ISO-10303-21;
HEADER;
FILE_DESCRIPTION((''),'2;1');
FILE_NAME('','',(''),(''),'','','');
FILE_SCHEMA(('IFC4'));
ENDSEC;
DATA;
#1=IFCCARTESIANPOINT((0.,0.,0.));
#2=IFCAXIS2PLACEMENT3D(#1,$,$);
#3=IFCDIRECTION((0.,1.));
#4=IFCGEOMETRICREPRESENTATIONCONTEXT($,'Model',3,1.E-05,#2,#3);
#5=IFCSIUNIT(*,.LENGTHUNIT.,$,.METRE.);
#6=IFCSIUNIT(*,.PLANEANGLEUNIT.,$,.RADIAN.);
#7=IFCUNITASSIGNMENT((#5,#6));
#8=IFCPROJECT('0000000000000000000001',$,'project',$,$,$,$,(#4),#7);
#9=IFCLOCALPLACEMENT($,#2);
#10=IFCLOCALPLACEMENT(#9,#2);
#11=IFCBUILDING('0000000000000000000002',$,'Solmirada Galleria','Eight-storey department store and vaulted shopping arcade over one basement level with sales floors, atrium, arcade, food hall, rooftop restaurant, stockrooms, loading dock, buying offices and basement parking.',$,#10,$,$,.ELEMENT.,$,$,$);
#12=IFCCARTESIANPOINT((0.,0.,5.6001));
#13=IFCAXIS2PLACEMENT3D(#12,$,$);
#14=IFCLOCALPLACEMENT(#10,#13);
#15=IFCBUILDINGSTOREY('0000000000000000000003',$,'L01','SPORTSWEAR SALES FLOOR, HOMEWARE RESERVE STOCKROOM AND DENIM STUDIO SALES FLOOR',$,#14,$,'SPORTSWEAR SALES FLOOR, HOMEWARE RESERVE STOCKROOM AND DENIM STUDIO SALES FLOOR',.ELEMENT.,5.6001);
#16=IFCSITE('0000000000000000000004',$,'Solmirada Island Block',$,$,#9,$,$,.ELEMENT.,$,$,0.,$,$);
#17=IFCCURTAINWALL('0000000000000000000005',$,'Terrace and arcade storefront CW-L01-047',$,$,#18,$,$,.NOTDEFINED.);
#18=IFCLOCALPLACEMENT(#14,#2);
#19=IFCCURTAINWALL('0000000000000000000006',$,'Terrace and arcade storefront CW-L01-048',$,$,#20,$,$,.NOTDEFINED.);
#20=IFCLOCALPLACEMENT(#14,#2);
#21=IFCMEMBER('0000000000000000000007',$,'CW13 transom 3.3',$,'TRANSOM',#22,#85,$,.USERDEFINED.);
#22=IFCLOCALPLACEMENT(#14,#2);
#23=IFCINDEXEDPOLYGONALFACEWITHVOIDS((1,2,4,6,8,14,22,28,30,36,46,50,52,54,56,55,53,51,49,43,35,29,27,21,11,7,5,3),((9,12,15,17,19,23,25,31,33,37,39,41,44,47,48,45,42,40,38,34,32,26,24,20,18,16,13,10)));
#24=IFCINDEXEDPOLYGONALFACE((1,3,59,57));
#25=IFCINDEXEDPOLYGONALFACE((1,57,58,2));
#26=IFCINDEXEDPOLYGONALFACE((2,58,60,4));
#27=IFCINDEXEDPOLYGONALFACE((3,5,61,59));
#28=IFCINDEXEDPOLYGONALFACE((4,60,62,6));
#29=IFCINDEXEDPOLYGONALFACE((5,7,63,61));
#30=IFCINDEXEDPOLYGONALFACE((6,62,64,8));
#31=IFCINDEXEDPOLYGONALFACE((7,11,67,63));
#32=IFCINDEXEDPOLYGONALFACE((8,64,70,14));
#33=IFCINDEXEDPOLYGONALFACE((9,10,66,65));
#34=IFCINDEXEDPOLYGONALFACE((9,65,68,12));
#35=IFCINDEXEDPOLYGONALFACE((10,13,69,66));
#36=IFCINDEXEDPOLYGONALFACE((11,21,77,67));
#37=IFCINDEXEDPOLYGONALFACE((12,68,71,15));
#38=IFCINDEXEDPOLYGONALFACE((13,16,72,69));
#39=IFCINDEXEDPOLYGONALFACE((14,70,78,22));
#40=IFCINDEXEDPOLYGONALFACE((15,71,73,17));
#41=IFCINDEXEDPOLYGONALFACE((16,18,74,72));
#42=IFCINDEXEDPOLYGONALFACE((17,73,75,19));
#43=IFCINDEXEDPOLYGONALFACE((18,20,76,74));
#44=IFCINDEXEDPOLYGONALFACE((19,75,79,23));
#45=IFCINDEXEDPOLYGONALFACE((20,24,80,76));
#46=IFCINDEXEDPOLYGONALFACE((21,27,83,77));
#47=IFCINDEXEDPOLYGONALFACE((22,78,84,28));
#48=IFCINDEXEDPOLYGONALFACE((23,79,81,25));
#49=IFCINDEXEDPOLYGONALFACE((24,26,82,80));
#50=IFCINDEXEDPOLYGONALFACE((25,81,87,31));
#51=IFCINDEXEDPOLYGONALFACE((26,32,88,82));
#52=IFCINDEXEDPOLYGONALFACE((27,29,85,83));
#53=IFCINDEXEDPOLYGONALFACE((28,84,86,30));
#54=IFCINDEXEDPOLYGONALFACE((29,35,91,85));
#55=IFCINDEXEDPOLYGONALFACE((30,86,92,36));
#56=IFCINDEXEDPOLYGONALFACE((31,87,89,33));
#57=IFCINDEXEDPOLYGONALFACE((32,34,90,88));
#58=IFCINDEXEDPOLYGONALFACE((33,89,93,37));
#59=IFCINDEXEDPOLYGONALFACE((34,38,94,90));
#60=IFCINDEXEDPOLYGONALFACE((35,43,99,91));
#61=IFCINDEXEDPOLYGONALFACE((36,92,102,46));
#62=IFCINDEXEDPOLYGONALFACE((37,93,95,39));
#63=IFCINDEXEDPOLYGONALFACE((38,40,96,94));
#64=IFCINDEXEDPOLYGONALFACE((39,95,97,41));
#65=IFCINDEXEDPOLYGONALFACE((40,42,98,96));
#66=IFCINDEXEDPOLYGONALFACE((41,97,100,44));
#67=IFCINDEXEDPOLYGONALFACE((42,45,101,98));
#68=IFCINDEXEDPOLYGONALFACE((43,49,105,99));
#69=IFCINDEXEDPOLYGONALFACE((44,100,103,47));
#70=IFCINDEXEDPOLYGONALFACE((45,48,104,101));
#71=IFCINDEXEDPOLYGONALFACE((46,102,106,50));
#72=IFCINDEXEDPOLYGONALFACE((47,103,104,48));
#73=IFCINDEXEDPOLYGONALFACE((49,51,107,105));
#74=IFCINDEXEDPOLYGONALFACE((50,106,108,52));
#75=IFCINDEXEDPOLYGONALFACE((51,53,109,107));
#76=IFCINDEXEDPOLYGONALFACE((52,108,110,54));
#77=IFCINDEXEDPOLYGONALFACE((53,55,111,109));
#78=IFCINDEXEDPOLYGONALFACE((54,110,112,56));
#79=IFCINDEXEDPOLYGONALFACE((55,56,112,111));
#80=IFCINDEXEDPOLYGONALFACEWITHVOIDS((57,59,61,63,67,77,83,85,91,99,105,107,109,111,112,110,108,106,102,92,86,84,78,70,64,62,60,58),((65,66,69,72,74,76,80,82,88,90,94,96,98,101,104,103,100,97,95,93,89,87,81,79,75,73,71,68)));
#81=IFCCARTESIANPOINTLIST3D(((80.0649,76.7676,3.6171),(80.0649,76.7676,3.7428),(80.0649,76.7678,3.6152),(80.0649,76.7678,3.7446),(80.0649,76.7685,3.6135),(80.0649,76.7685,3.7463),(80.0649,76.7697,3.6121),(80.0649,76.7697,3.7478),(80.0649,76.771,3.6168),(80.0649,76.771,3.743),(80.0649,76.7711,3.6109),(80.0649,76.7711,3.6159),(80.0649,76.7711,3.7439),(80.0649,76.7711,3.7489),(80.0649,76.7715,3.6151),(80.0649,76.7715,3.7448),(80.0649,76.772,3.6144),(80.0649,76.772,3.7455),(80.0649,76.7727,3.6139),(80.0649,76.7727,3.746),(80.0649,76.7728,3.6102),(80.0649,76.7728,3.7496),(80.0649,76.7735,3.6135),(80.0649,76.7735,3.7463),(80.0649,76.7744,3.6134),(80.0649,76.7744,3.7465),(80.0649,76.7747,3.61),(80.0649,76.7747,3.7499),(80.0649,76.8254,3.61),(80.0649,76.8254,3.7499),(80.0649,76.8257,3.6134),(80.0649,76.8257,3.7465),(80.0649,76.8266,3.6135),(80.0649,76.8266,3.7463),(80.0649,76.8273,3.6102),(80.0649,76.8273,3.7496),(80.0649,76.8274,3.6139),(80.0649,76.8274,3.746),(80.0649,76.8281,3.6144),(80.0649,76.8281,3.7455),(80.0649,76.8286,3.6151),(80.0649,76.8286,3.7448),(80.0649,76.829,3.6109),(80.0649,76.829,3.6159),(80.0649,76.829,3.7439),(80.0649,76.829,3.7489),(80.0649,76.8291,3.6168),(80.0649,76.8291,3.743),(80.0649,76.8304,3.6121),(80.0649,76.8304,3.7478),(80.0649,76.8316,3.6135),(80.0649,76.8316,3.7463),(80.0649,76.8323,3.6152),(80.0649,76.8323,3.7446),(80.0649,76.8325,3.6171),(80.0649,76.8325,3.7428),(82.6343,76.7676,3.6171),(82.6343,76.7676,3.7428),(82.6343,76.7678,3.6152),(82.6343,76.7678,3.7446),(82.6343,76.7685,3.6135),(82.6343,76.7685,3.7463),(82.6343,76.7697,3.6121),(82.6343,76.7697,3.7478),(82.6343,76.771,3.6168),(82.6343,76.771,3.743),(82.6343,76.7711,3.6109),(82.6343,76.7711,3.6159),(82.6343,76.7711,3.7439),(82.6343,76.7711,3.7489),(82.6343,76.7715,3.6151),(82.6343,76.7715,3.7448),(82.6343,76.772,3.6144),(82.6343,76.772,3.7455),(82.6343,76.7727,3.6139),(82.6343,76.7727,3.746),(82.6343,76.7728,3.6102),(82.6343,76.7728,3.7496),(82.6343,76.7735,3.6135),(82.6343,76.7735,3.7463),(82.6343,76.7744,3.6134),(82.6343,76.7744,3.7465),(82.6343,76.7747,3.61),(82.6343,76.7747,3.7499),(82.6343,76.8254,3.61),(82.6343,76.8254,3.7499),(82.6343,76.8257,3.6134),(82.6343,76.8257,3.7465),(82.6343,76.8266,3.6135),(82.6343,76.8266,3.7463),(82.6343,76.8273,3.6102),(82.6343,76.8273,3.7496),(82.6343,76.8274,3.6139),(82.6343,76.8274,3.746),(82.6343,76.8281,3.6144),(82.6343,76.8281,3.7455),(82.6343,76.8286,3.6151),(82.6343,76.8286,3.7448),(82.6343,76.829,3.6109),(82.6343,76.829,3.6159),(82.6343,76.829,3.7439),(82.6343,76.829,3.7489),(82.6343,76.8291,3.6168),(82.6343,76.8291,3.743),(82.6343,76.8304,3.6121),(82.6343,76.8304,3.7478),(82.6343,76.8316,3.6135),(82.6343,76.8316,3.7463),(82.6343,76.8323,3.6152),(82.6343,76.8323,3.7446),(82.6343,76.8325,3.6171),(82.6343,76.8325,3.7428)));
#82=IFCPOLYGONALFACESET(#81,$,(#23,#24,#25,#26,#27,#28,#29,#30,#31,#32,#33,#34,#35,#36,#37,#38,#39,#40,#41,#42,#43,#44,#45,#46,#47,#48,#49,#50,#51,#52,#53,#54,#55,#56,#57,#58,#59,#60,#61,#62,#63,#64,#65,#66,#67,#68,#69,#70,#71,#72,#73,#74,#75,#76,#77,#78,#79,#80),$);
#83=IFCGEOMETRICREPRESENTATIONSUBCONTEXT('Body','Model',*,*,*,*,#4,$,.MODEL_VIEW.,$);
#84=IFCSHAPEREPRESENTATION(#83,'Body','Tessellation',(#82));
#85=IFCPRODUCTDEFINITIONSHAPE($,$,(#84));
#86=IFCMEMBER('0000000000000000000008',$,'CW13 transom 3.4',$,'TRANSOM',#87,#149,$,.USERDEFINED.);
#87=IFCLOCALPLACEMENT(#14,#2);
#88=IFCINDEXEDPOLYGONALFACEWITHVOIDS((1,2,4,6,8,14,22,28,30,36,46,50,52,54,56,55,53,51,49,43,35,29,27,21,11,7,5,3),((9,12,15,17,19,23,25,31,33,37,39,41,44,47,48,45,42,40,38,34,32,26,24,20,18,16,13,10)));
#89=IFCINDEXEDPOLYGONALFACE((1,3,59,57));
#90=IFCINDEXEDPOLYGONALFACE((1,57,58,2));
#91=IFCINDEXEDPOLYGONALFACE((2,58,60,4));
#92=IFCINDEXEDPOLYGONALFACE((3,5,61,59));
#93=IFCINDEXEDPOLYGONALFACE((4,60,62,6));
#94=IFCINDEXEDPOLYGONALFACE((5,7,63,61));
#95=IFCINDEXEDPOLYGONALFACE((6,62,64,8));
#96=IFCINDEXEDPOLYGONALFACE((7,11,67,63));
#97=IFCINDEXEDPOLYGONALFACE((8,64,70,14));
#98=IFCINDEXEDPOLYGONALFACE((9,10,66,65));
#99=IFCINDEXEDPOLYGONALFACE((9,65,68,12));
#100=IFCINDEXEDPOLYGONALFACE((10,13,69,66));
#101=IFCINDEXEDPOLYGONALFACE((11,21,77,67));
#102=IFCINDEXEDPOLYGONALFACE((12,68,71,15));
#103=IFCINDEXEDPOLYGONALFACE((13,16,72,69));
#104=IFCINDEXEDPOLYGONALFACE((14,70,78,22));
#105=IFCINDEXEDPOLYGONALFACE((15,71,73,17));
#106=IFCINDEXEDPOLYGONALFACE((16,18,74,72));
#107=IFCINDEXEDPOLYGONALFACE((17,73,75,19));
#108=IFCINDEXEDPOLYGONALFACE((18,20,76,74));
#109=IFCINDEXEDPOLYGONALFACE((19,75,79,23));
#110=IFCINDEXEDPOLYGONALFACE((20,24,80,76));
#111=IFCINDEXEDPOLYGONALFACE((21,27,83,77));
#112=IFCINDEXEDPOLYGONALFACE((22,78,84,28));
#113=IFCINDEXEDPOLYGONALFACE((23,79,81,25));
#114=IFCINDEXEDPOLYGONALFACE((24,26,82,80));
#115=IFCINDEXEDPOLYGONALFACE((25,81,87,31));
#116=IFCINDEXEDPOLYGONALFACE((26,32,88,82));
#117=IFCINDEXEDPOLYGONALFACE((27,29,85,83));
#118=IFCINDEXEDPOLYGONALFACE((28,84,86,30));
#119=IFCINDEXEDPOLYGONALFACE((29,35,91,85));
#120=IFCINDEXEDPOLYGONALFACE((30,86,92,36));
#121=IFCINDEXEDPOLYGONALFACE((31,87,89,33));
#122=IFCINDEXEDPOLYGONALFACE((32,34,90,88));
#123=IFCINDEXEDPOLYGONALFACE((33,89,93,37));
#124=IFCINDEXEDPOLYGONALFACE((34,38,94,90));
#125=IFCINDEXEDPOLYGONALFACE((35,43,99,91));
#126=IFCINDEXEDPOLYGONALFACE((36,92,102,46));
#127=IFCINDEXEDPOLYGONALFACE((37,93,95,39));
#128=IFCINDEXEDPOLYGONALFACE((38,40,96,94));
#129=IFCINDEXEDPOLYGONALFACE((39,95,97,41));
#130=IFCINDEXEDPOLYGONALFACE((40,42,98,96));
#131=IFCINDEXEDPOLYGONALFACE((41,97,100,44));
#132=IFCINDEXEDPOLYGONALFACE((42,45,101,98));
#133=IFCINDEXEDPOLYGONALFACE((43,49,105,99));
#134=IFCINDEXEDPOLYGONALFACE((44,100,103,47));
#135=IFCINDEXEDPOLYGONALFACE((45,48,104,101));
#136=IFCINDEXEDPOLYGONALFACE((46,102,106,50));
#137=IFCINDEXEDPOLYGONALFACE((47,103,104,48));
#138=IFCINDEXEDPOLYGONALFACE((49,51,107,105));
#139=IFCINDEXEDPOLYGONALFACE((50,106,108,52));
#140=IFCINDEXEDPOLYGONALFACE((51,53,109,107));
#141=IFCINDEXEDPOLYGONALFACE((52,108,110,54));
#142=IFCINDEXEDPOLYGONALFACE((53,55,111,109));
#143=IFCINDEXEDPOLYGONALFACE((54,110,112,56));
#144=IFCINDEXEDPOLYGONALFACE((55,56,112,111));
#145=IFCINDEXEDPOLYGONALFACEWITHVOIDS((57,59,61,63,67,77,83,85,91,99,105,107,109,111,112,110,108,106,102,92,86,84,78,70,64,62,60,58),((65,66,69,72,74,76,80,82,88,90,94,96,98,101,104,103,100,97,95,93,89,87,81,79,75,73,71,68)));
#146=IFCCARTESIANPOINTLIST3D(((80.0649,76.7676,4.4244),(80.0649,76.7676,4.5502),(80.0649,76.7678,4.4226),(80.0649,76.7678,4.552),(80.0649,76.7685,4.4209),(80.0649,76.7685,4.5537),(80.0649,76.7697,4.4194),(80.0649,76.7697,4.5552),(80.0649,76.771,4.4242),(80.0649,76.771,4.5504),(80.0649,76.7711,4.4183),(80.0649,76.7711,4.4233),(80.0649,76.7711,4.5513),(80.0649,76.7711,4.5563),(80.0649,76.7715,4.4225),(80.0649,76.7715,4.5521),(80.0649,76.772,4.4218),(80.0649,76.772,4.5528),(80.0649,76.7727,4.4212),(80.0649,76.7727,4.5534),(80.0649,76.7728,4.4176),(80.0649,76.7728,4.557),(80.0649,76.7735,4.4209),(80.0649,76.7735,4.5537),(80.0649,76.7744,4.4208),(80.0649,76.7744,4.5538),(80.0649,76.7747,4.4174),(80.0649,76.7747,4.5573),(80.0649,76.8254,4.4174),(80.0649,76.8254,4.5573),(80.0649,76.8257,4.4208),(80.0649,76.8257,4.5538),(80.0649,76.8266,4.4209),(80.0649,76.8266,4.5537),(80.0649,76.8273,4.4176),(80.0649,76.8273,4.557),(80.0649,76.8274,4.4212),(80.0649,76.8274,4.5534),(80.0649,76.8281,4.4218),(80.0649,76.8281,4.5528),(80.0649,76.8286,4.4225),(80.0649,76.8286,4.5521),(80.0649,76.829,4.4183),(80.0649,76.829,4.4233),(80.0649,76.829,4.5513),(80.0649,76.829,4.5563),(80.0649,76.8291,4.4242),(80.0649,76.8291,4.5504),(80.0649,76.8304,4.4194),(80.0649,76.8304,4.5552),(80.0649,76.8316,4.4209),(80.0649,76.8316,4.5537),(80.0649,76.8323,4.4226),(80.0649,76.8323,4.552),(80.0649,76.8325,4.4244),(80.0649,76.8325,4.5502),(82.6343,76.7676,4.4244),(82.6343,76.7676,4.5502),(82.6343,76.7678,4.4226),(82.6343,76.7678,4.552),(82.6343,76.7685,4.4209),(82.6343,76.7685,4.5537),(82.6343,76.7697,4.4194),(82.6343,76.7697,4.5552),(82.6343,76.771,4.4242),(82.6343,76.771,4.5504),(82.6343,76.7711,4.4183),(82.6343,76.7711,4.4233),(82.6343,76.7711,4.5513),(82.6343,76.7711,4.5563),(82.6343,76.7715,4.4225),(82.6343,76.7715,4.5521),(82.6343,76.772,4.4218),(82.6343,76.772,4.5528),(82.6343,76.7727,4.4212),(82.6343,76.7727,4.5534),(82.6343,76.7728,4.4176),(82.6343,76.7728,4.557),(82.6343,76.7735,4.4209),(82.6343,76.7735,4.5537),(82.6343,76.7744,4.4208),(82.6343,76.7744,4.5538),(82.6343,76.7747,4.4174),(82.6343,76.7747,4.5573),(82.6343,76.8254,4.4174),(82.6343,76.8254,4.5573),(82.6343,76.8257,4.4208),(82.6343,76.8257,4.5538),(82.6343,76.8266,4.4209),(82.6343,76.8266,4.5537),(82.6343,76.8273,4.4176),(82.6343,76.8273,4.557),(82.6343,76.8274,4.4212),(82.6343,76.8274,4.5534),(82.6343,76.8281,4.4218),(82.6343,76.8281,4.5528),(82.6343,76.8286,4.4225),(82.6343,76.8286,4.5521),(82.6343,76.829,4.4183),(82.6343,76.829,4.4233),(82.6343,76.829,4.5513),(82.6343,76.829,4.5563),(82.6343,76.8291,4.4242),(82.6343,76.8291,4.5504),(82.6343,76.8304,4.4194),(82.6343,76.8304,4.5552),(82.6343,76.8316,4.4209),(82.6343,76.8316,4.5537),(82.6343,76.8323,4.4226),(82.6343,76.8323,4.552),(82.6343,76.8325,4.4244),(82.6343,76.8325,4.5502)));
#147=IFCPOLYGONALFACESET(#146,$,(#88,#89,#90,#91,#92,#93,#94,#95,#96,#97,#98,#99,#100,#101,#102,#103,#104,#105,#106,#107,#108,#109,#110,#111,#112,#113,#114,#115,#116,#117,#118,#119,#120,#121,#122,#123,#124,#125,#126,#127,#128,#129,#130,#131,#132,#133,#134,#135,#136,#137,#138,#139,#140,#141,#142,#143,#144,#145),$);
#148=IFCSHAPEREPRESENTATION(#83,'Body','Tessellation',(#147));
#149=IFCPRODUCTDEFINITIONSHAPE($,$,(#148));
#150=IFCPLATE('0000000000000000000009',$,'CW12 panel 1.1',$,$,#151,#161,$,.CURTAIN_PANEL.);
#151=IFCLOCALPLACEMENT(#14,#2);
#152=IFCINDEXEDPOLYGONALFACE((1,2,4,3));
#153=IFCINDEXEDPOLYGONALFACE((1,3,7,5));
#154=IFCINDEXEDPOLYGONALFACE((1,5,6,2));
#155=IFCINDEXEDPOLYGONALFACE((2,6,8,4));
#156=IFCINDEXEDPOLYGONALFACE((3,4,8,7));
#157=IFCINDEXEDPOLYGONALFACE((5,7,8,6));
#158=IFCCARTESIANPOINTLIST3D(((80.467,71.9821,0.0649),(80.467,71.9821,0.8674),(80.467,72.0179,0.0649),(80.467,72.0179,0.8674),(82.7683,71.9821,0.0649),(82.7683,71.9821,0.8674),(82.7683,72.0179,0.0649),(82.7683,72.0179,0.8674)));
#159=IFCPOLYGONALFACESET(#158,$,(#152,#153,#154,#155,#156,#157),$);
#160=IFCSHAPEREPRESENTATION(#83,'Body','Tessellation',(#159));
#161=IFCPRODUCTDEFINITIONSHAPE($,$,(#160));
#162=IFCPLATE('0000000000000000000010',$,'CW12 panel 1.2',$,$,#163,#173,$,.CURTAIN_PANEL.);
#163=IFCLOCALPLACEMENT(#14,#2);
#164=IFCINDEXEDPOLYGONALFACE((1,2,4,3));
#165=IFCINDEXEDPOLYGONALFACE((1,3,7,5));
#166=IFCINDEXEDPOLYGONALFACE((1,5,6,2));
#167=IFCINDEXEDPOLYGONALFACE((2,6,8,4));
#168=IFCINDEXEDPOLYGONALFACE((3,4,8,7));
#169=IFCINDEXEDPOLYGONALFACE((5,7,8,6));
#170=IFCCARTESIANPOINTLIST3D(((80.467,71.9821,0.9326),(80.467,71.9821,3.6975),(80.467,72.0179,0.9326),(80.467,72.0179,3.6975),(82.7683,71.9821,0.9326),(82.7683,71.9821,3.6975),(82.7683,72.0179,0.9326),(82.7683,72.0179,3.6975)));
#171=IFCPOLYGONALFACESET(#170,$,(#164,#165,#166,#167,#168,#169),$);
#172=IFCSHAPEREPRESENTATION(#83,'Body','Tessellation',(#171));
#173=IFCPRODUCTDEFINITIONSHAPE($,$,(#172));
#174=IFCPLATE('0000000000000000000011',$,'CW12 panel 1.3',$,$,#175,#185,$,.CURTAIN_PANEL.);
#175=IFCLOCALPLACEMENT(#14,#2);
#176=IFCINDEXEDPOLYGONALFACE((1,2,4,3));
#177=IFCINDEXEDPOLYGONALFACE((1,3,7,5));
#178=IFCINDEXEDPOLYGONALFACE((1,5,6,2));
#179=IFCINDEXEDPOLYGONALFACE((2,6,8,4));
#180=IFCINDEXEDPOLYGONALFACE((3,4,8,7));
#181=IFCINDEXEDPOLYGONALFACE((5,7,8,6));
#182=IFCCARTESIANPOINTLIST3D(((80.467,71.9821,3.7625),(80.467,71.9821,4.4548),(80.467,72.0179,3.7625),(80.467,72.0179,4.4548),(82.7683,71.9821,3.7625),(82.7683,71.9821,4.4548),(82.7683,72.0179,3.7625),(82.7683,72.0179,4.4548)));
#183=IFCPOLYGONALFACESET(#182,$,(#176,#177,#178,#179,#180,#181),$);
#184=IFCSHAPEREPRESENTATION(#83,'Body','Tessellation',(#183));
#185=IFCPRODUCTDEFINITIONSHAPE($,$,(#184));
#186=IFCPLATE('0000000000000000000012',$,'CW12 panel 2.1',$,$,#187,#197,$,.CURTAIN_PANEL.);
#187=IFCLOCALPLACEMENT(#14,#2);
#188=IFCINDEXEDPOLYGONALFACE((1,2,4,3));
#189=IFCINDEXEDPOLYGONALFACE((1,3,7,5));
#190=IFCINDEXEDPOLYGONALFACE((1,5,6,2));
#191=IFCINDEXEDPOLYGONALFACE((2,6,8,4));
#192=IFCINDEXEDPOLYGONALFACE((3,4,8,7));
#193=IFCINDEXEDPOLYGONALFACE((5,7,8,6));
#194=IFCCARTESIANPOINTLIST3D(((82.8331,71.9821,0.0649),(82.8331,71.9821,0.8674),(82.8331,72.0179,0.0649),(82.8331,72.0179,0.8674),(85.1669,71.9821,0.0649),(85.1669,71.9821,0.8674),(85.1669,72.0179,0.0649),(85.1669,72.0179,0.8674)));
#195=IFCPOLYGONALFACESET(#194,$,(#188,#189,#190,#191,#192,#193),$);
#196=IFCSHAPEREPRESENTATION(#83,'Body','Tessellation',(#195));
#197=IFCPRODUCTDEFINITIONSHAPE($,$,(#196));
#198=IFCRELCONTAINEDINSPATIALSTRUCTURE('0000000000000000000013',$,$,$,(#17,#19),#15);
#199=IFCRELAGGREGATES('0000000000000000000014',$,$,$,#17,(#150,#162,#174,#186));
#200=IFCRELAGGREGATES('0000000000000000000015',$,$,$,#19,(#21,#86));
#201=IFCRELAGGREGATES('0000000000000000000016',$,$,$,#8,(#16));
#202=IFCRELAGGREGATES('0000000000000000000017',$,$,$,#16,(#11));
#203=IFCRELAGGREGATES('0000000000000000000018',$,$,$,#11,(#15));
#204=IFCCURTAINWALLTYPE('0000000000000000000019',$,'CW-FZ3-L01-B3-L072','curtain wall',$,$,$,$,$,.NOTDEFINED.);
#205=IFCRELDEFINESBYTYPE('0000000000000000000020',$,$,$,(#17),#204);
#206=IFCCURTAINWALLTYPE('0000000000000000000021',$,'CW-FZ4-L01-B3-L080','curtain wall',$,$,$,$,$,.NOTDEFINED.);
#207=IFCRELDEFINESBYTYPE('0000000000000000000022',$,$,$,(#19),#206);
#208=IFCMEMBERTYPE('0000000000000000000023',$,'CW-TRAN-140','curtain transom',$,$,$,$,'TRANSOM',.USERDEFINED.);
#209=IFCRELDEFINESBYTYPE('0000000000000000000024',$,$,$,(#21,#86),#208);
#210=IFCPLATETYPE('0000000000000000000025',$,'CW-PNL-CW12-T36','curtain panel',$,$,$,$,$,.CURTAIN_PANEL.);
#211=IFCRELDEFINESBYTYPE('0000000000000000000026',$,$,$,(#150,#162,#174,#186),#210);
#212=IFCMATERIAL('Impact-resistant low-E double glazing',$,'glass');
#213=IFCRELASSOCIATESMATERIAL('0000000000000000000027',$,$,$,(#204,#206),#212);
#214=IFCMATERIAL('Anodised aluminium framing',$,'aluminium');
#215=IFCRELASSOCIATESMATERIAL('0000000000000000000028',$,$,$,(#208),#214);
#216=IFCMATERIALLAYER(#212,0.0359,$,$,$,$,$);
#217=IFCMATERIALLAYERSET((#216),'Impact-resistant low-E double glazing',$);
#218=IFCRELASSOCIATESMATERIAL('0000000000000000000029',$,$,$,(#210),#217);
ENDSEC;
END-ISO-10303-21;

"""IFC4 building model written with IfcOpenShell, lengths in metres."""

from ifc_helpers import new_model, si_unit, direction, frame, origin, origin_2d, place, context, subcontext, project, spatial, rectangle, hollow_rectangle, extrude, material, layer, layer_set, material_profile, profile_set, type_object, element, aggregate, save


model = new_model("IFC4")

# Units and contexts
model_context = context("Model", 3, precision=1e-05, world=origin(), true_north=direction((0.0, 1.0)))
body_context = subcontext(model_context, "Body", "Model", "MODEL_VIEW")
ifc_project = project(units=[si_unit("LENGTHUNIT", "METRE"), si_unit("PLANEANGLEUNIT", "RADIAN")], contexts=[model_context])

# Site, building, storey
site_placement = place(None, origin())
site = spatial("IfcSite", under=ifc_project, at=site_placement, Name="Solmirada Island Block", CompositionType="ELEMENT", RefElevation=0.0)
building_placement = place(site_placement, origin())
building = spatial("IfcBuilding", under=site, at=building_placement, Name="Solmirada Galleria", Description="Eight-storey department store and vaulted shopping arcade over one basement level with sales floors, atrium, arcade, food hall, rooftop restaurant, stockrooms, loading dock, buying offices and basement parking.", CompositionType="ELEMENT")
storey_placement = place(building_placement, frame((0.0, 0.0, 5.6001)))
storey = spatial("IfcBuildingStorey", under=building, at=storey_placement, Name="L01", Description="SPORTSWEAR SALES FLOOR, HOMEWARE RESERVE STOCKROOM AND DENIM STUDIO SALES FLOOR", LongName="SPORTSWEAR SALES FLOOR, HOMEWARE RESERVE STOCKROOM AND DENIM STUDIO SALES FLOOR", CompositionType="ELEMENT", Elevation=5.6001)

# Curtain wall
ifc_material_1 = material(Name="Impact-resistant low-E double glazing", Category="glass")
curtain_wall_type_1 = type_object("IfcCurtainWallType", Name="CW-FZ3-L01-B3-L072", Description="curtain wall", PredefinedType="NOTDEFINED", material=ifc_material_1)
curtain_wall_1_placement = place(storey_placement, origin())
curtain_wall_1 = element("IfcCurtainWall", 1, at=curtain_wall_1_placement, inside=storey, type_object=curtain_wall_type_1, Name="Terrace and arcade storefront CW-L01-047", PredefinedType="NOTDEFINED")
ifc_material_2 = material(Name="Anodised aluminium framing", Category="aluminium")

# Curtain wall
curtain_wall_type_2 = type_object("IfcCurtainWallType", Name="CW-FZ4-L01-B3-L080", Description="curtain wall", PredefinedType="NOTDEFINED", material=ifc_material_1)
curtain_wall_2_placement = place(storey_placement, origin())
curtain_wall_2 = element("IfcCurtainWall", 2, at=curtain_wall_2_placement, inside=storey, type_object=curtain_wall_type_2, Name="Terrace and arcade storefront CW-L01-048", PredefinedType="NOTDEFINED")

# Members
ifc_material_profile_1 = material_profile(ifc_material_2, hollow_rectangle(XDim=0.0649, YDim=0.1399, WallThickness=0.0034, InnerFilletRadius=0.0034, OuterFilletRadius=0.0071, at=origin_2d()), Name="ALU-TRAN-140X65")
ifc_profile_set_1 = profile_set([ifc_material_profile_1], Name="Anodised aluminium framing")
member_type_1 = type_object("IfcMemberType", Name="CW-TRAN-140", Description="curtain transom", ElementType="TRANSOM", PredefinedType="USERDEFINED", material=ifc_profile_set_1)
member_1_placement = place(storey_placement, frame((82.6343, 76.8, 3.6799), z_axis=(-1.0, 0.0, 0.0), x_axis=(0.0, -1.0, 0.0)))
member_1 = element("IfcMember", 3, at=member_1_placement, type_object=member_type_1, Name="CW13 transom 3.3", ObjectType="TRANSOM", PredefinedType="USERDEFINED", context=body_context, shape_type="SweptSolid", body=[
    extrude(hollow_rectangle(XDim=0.0649, YDim=0.1399, WallThickness=0.0034, InnerFilletRadius=0.0034, OuterFilletRadius=0.0071, at=origin_2d()), origin(), (0.0, 0.0, 1.0), 2.5693),
])
member_2_placement = place(storey_placement, frame((82.6343, 76.8, 4.4873), z_axis=(-1.0, 0.0, 0.0), x_axis=(0.0, -1.0, 0.0)))
member_2 = element("IfcMember", 4, at=member_2_placement, type_object=member_type_1, Name="CW13 transom 3.4", ObjectType="TRANSOM", PredefinedType="USERDEFINED", context=body_context, shape_type="SweptSolid", body=[
    extrude(hollow_rectangle(XDim=0.0649, YDim=0.1399, WallThickness=0.0034, InnerFilletRadius=0.0034, OuterFilletRadius=0.0071, at=origin_2d()), origin(), (0.0, 0.0, 1.0), 2.5693),
])

# Plates
ifc_layer_1 = layer(ifc_material_1, 0.0359)
ifc_layer_set_1 = layer_set([ifc_layer_1], Name="Impact-resistant low-E double glazing")
plate_type_1 = type_object("IfcPlateType", Name="CW-PNL-CW12-T36", Description="curtain panel", PredefinedType="CURTAIN_PANEL", material=ifc_layer_set_1)
plate_1_placement = place(storey_placement, frame((81.6177, 72.0, 0.0649), z_axis=(0.0, 0.0, 1.0), x_axis=(1.0, 0.0, 0.0)))
plate_1 = element("IfcPlate", 5, at=plate_1_placement, type_object=plate_type_1, Name="CW12 panel 1.1", PredefinedType="CURTAIN_PANEL", context=body_context, shape_type="SweptSolid", body=[
    extrude(rectangle(XDim=2.3013, YDim=0.0359, at=origin_2d()), origin(), (0.0, 0.0, 1.0), 0.8025),
])
plate_2_placement = place(storey_placement, frame((81.6177, 72.0, 0.9326), z_axis=(0.0, 0.0, 1.0), x_axis=(1.0, 0.0, 0.0)))
plate_2 = element("IfcPlate", 6, at=plate_2_placement, type_object=plate_type_1, Name="CW12 panel 1.2", PredefinedType="CURTAIN_PANEL", context=body_context, shape_type="SweptSolid", body=[
    extrude(rectangle(XDim=2.3013, YDim=0.0359, at=origin_2d()), origin(), (0.0, 0.0, 1.0), 2.7649),
])
plate_3_placement = place(storey_placement, frame((81.6177, 72.0, 3.7625), z_axis=(0.0, 0.0, 1.0), x_axis=(1.0, 0.0, 0.0)))
plate_3 = element("IfcPlate", 7, at=plate_3_placement, type_object=plate_type_1, Name="CW12 panel 1.3", PredefinedType="CURTAIN_PANEL", context=body_context, shape_type="SweptSolid", body=[
    extrude(rectangle(XDim=2.3013, YDim=0.0359, at=origin_2d()), origin(), (0.0, 0.0, 1.0), 0.6924),
])
plate_4_placement = place(storey_placement, frame((84.0, 72.0, 0.0649), z_axis=(0.0, 0.0, 1.0), x_axis=(1.0, 0.0, 0.0)))
plate_4 = element("IfcPlate", 8, at=plate_4_placement, type_object=plate_type_1, Name="CW12 panel 2.1", PredefinedType="CURTAIN_PANEL", context=body_context, shape_type="SweptSolid", body=[
    extrude(rectangle(XDim=2.3337, YDim=0.0359, at=origin_2d()), origin(), (0.0, 0.0, 1.0), 0.8025),
])
aggregate(curtain_wall_1, [plate_1, plate_2, plate_3, plate_4])
aggregate(curtain_wall_2, [member_1, member_2])

save(model, "model.ifc")
